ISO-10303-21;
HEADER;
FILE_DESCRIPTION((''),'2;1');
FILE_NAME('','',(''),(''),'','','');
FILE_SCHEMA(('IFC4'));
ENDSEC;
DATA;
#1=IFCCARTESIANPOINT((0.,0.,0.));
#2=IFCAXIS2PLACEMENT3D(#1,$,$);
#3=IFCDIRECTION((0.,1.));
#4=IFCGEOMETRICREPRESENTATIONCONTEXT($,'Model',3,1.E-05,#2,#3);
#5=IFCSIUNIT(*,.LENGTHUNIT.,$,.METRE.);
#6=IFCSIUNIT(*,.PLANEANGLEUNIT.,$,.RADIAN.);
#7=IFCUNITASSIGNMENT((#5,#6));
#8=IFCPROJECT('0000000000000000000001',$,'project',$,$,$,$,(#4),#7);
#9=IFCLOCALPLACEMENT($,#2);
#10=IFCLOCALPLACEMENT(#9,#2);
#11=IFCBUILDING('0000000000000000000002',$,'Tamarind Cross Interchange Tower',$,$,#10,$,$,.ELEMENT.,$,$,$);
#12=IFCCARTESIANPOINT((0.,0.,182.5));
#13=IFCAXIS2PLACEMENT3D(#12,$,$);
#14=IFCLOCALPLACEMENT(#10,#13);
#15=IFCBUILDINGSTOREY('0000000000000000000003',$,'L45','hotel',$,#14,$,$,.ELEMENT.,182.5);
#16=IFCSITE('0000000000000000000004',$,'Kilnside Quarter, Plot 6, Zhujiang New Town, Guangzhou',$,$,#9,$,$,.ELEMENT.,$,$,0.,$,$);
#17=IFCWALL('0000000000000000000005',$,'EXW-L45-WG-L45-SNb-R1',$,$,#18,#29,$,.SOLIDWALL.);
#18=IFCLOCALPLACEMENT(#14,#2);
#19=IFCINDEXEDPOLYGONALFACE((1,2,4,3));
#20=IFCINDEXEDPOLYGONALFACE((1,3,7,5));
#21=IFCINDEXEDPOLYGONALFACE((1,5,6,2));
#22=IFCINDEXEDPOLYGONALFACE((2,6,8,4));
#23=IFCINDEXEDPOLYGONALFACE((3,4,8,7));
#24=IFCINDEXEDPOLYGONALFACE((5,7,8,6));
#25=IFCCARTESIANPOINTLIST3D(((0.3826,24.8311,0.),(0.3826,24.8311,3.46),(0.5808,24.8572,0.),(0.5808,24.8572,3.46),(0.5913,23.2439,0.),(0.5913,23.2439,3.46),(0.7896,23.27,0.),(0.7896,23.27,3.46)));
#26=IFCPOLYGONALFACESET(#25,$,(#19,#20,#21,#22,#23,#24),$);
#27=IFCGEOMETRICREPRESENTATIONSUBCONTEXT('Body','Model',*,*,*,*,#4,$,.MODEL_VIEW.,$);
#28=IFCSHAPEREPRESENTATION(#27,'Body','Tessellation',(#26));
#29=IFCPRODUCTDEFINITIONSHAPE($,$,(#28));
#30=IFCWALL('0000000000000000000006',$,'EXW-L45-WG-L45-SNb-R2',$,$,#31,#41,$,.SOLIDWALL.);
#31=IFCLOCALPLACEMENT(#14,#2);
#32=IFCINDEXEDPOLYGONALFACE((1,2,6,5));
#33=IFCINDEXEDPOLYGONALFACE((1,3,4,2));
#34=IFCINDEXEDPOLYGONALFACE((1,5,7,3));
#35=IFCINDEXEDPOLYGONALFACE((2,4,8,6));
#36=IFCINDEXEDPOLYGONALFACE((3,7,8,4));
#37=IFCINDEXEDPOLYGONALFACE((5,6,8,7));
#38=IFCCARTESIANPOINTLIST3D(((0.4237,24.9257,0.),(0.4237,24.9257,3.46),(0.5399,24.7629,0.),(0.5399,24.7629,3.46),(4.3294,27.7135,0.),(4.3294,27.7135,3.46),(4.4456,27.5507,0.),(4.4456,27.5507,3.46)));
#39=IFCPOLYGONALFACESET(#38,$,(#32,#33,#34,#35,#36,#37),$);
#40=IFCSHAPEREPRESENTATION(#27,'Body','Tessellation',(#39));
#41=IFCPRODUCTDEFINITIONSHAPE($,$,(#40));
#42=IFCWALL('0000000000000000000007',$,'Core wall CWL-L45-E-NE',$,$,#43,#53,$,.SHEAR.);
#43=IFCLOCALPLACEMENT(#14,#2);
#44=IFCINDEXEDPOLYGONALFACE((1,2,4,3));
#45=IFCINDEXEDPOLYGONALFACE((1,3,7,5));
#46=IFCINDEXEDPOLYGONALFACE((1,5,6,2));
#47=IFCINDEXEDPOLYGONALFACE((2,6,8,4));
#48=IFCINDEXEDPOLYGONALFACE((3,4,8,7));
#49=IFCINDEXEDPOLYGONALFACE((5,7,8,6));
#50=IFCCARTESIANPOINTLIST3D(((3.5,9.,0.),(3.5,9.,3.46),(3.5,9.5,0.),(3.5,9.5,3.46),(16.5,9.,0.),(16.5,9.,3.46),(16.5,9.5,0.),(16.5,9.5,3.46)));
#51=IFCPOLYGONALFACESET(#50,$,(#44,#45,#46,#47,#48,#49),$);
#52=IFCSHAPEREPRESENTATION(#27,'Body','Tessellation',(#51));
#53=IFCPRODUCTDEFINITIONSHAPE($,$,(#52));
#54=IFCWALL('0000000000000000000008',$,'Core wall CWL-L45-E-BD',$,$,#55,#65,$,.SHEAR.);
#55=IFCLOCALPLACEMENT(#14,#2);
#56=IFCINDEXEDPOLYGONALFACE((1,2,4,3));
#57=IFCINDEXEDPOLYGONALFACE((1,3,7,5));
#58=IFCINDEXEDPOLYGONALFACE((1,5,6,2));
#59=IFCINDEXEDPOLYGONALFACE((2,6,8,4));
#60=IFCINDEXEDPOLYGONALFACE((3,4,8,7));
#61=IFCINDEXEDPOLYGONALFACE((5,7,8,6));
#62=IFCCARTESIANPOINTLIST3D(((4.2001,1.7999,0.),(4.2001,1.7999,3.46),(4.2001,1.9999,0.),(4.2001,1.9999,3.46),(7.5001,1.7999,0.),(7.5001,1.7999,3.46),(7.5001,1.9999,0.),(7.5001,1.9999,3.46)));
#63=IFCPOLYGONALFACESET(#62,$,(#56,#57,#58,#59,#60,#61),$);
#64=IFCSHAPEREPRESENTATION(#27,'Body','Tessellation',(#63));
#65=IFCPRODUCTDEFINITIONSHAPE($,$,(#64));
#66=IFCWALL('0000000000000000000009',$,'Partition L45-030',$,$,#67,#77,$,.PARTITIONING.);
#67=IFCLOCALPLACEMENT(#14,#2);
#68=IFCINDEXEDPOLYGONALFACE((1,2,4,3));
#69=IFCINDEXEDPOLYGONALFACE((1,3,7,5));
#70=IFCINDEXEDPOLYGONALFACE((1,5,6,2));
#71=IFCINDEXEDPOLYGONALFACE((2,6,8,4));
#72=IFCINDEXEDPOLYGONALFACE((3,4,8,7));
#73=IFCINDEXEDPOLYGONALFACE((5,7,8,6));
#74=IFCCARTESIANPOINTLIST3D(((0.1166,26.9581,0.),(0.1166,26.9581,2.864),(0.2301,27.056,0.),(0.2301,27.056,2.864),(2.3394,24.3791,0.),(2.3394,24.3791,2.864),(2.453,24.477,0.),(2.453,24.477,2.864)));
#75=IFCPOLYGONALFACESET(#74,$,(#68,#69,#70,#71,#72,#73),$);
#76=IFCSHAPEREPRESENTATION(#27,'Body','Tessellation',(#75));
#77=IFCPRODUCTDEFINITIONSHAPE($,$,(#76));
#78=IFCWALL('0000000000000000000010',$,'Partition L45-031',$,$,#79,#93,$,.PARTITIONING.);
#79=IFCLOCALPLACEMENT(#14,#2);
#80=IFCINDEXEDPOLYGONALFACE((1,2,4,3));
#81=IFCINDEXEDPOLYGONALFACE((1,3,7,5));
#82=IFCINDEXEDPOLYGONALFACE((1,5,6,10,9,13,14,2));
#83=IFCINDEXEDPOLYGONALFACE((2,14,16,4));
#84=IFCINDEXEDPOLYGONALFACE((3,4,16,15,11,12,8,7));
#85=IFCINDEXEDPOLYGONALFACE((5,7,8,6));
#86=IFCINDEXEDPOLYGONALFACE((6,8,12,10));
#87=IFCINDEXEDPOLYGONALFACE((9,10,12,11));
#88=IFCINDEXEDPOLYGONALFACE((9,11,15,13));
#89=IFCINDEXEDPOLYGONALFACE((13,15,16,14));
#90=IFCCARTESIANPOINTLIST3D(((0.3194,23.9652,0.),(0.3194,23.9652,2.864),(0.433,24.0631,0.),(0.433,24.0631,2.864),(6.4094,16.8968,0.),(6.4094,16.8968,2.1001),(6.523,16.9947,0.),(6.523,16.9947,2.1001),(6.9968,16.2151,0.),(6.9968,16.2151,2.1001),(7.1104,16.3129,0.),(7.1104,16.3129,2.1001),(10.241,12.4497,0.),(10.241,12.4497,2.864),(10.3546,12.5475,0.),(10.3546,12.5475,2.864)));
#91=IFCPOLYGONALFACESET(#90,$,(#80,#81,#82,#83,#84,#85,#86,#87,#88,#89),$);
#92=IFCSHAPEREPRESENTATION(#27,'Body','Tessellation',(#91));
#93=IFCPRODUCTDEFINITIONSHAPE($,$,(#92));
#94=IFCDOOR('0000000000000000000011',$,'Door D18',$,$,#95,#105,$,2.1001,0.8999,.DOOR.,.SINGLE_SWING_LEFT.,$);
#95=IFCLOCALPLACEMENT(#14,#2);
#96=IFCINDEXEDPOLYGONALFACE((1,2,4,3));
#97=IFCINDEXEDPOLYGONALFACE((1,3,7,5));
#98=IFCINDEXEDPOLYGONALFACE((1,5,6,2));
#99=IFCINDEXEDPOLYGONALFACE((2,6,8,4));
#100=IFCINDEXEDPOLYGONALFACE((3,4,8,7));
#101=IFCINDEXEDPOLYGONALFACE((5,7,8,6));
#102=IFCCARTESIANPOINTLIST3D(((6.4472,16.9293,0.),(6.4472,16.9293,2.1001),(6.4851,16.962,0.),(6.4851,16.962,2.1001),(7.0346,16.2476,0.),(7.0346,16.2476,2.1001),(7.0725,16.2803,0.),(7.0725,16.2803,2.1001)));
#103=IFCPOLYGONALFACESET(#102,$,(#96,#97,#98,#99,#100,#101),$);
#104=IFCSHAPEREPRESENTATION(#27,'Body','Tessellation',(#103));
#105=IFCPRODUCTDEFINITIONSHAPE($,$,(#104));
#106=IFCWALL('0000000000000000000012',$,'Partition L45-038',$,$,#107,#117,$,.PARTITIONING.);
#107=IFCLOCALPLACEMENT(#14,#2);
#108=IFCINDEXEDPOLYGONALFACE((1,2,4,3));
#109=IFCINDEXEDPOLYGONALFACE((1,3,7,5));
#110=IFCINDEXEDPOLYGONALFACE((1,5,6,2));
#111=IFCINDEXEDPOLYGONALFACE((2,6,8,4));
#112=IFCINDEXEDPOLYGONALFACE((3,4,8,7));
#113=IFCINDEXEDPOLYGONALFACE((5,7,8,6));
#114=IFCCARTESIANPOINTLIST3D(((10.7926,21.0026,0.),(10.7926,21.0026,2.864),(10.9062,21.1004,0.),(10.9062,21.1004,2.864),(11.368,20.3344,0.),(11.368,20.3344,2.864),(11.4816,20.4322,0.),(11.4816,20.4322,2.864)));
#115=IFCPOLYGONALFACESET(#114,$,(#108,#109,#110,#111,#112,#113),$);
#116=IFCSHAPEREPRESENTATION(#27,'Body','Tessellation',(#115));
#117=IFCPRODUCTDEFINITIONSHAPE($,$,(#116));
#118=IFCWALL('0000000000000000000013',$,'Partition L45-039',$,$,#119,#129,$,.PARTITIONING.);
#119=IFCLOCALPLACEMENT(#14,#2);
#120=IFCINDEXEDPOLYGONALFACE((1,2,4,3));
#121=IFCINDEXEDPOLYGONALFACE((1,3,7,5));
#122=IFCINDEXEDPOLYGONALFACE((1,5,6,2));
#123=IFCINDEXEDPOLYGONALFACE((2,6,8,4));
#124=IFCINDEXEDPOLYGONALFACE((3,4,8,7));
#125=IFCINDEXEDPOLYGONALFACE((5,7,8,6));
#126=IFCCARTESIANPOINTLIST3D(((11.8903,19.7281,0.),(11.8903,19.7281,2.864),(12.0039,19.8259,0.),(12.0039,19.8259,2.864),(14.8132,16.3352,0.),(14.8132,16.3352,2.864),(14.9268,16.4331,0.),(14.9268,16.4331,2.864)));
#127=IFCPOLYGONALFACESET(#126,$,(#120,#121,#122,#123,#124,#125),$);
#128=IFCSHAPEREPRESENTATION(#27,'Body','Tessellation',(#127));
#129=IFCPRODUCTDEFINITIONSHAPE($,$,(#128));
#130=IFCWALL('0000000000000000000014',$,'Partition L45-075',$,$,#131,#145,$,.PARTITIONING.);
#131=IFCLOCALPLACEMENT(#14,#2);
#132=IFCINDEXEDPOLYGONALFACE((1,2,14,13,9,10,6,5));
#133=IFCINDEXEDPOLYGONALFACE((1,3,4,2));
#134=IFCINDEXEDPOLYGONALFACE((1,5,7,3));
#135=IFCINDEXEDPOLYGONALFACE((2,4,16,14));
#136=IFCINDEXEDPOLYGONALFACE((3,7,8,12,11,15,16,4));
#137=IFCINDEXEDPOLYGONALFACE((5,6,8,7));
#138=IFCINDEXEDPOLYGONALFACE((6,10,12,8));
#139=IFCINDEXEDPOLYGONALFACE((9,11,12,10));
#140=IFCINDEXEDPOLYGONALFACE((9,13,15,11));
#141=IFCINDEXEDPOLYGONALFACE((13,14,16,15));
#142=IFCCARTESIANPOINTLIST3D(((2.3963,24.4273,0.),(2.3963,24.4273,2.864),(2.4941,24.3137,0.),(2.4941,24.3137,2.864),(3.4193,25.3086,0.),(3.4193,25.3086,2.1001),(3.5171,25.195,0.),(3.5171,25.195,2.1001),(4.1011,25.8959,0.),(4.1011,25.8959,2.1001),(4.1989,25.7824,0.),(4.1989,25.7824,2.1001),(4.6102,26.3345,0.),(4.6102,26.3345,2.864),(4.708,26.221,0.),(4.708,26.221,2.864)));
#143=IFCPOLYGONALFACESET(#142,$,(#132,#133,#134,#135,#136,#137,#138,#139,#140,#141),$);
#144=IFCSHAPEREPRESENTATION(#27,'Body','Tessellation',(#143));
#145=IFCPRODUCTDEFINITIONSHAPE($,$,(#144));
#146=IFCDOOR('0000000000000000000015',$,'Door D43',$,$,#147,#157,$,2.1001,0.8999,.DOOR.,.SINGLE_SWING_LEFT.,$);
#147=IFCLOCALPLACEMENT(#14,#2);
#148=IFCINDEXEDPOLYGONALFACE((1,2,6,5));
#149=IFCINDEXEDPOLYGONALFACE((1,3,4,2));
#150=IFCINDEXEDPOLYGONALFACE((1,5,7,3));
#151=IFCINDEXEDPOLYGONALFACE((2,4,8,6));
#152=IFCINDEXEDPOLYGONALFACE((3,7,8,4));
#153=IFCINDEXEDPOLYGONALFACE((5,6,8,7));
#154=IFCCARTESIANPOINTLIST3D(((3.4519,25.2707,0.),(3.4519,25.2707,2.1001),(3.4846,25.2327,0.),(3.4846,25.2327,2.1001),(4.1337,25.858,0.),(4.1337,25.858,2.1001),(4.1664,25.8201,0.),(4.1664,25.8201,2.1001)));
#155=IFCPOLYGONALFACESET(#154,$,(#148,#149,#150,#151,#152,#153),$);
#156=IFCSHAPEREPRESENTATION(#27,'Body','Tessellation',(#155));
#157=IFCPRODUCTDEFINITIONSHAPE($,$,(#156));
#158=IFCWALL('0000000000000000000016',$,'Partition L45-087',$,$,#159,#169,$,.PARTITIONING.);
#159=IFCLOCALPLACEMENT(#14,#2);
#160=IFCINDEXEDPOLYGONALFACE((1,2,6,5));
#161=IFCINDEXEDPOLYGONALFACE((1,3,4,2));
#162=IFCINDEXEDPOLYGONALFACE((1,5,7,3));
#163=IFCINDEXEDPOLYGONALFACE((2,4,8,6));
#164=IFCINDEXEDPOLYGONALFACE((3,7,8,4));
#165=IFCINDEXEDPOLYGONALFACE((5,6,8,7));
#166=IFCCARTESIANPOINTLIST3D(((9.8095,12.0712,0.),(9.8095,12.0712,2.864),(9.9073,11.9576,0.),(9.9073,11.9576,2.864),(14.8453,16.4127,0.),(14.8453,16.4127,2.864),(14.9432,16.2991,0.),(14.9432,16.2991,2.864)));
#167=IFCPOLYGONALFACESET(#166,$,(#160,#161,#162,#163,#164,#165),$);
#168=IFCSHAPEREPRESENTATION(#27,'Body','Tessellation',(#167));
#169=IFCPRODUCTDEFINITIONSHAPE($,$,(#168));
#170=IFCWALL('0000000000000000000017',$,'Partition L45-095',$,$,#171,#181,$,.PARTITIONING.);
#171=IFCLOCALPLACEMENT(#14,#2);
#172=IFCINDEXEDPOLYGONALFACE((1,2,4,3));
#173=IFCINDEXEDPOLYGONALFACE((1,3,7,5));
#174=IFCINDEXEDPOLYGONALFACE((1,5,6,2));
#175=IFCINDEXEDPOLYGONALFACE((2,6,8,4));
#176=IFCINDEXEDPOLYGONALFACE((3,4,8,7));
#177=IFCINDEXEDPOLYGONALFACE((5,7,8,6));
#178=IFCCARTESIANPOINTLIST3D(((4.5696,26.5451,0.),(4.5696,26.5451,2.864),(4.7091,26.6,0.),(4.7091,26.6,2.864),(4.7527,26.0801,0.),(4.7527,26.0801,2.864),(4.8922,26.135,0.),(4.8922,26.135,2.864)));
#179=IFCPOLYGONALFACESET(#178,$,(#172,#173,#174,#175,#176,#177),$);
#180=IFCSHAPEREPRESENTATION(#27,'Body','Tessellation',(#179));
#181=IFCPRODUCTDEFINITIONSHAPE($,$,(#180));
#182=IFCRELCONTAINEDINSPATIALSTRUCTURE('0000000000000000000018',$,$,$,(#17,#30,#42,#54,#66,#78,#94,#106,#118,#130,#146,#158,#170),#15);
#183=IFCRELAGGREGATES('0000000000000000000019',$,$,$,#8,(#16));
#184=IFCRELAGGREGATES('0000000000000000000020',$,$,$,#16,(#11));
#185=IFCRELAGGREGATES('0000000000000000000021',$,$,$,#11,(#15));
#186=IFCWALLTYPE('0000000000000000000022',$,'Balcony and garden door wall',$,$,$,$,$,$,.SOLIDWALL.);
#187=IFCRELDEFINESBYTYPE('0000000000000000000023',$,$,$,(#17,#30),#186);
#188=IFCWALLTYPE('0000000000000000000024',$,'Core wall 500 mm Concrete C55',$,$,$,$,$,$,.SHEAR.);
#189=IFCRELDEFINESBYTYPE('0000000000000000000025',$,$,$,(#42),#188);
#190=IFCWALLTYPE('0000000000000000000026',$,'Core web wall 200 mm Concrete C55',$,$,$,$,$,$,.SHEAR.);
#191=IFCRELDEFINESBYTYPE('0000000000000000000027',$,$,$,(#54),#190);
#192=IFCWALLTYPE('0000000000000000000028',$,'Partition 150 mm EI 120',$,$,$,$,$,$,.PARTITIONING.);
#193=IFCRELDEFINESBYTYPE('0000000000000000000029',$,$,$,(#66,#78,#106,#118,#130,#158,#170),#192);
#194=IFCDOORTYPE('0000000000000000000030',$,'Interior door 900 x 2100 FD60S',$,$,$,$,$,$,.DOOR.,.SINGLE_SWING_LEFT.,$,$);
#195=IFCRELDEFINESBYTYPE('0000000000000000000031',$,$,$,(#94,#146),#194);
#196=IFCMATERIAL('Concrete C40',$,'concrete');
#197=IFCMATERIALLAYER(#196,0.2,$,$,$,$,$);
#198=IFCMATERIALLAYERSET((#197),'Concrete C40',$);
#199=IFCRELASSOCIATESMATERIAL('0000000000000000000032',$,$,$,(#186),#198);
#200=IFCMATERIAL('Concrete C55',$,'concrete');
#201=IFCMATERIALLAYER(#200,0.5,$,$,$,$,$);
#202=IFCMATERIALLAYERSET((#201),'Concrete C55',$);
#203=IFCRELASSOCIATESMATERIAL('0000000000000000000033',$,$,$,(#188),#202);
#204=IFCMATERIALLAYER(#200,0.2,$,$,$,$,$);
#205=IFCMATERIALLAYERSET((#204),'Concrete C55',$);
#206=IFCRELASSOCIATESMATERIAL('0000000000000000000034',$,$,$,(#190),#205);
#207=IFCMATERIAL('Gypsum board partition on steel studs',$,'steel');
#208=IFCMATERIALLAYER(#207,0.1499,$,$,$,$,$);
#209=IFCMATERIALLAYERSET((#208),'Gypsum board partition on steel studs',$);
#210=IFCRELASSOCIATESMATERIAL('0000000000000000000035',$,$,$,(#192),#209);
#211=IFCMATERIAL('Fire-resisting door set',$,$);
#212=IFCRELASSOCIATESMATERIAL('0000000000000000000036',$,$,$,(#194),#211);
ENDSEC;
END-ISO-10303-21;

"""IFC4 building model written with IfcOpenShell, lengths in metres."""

from ifc_helpers import new_model, si_unit, direction, frame, frame_2d, origin, place, context, subcontext, project, spatial, rectangle, extrude, material, layer, layer_set, type_object, element, fill, save


model = new_model("IFC4")

# Units and contexts
model_context = context("Model", 3, precision=1e-05, world=origin(), true_north=direction((0.0, 1.0)))
body_context = subcontext(model_context, "Body", "Model", "MODEL_VIEW")
ifc_project = project(units=[si_unit("LENGTHUNIT", "METRE"), si_unit("PLANEANGLEUNIT", "RADIAN")], contexts=[model_context])

# Site, building, storey
site_placement = place(None, origin())
site = spatial("IfcSite", under=ifc_project, at=site_placement, Name="Kilnside Quarter, Plot 6, Zhujiang New Town, Guangzhou", CompositionType="ELEMENT", RefElevation=0.0)
building_placement = place(site_placement, origin())
building = spatial("IfcBuilding", under=site, at=building_placement, Name="Tamarind Cross Interchange Tower", CompositionType="ELEMENT")
storey_placement = place(building_placement, frame((0.0, 0.0, 182.5)))
storey = spatial("IfcBuildingStorey", under=building, at=storey_placement, Name="L45", Description="hotel", CompositionType="ELEMENT", Elevation=182.5)

# Shared definitions
ifc_material_1 = material(Name="Concrete C55", Category="concrete")

# Shared definitions
ifc_material_2 = material(Name="Concrete C40", Category="concrete")

# Shared definitions
ifc_layer_1 = layer(ifc_material_2, 0.2)
ifc_layer_set_1 = layer_set([ifc_layer_1], Name="Concrete C40")
wall_type_1 = type_object("IfcWallType", Name="Balcony and garden door wall", PredefinedType="SOLIDWALL", material=ifc_layer_set_1)

# Walls
wall_1_placement = place(storey_placement, frame((0.6904, 23.2571, 0.0), z_axis=(0.0, 0.0, 1.0), x_axis=(-0.130395, 0.991462, 0.0)))
element("IfcWall", 1, at=wall_1_placement, inside=storey, type_object=wall_type_1, Name="EXW-L45-WG-L45-SNb-R1", PredefinedType="SOLIDWALL", context=body_context, shape_type="SweptSolid", body=[
    extrude(rectangle(XDim=1.6008, YDim=0.2, at=frame_2d((0.8003, 0.0))), origin(), (0.0, 0.0, 1.0), 3.46),
])
wall_2_placement = place(storey_placement, frame((0.4817, 24.8442, 0.0), z_axis=(0.0, 0.0, 1.0), x_axis=(0.813929, 0.580964, 0.0)))
element("IfcWall", 2, at=wall_2_placement, inside=storey, type_object=wall_type_1, Name="EXW-L45-WG-L45-SNb-R2", PredefinedType="SOLIDWALL", context=body_context, shape_type="SweptSolid", body=[
    extrude(rectangle(XDim=4.7986, YDim=0.2, at=frame_2d((2.3994, 0.0))), origin(), (0.0, 0.0, 1.0), 3.46),
])
ifc_layer_2 = layer(ifc_material_1, 0.5)
ifc_layer_set_2 = layer_set([ifc_layer_2], Name="Concrete C55")
wall_type_2 = type_object("IfcWallType", Name="Core wall 500 mm Concrete C55", PredefinedType="SHEAR", material=ifc_layer_set_2)
wall_3_placement = place(storey_placement, frame((16.5, 9.25, 0.0), z_axis=(0.0, 0.0, 1.0), x_axis=(-1.0, 0.0, 0.0)))
element("IfcWall", 3, at=wall_3_placement, inside=storey, type_object=wall_type_2, Name="Core wall CWL-L45-E-NE", PredefinedType="SHEAR", context=body_context, shape_type="SweptSolid", body=[
    extrude(rectangle(XDim=13.0, YDim=0.5, at=frame_2d((6.5, 0.0))), origin(), (0.0, 0.0, 1.0), 3.46),
])
ifc_layer_3 = layer(ifc_material_1, 0.2)
ifc_layer_set_3 = layer_set([ifc_layer_3], Name="Concrete C55")
wall_type_3 = type_object("IfcWallType", Name="Core web wall 200 mm Concrete C55", PredefinedType="SHEAR", material=ifc_layer_set_3)
wall_4_placement = place(storey_placement, frame((7.5, 1.8999, 0.0), z_axis=(0.0, 0.0, 1.0), x_axis=(-1.0, 0.0, 0.0)))
element("IfcWall", 4, at=wall_4_placement, inside=storey, type_object=wall_type_3, Name="Core wall CWL-L45-E-BD", PredefinedType="SHEAR", context=body_context, shape_type="SweptSolid", body=[
    extrude(rectangle(XDim=3.3, YDim=0.2, at=frame_2d((1.6499, 0.0))), origin(), (0.0, 0.0, 1.0), 3.46),
])
ifc_material_3 = material(Name="Gypsum board partition on steel studs", Category="steel")
ifc_layer_4 = layer(ifc_material_3, 0.1499)
ifc_layer_set_4 = layer_set([ifc_layer_4], Name="Gypsum board partition on steel studs")
wall_type_4 = type_object("IfcWallType", Name="Partition 150 mm EI 120", PredefinedType="PARTITIONING", material=ifc_layer_set_4)
wall_5_placement = place(storey_placement, frame((0.1733, 27.0071, 0.0), z_axis=(0.0, 0.0, 1.0), x_axis=(0.652862, -0.757477, 0.0)))
element("IfcWall", 5, at=wall_5_placement, inside=storey, type_object=wall_type_4, Name="Partition L45-030", PredefinedType="PARTITIONING", context=body_context, shape_type="SweptSolid", body=[
    extrude(rectangle(XDim=3.4048, YDim=0.1499, at=frame_2d((1.7024, 0.0))), origin(), (0.0, 0.0, 1.0), 2.864),
])

# Wall, opening, door
wall_6_placement = place(storey_placement, frame((0.3762, 24.0142, 0.0), z_axis=(0.0, 0.0, 1.0), x_axis=(0.652727, -0.757593, 0.0)))
wall_6 = element("IfcWall", 6, at=wall_6_placement, inside=storey, type_object=wall_type_4, Name="Partition L45-031", PredefinedType="PARTITIONING", context=body_context, shape_type="SweptSolid", body=[
    extrude(rectangle(XDim=15.2002, YDim=0.1499, at=frame_2d((7.6001, 0.0))), origin(), (0.0, 0.0, 1.0), 2.864),
])
opening_1_placement = place(wall_6_placement, frame((9.3301, 0.0, 0.0)))
opening_1 = element("IfcOpeningElement", 7, at=opening_1_placement, cuts=wall_6, PredefinedType="OPENING", context=body_context, shape_type="SweptSolid", body=[
    extrude(rectangle(XDim=0.8999, YDim=2.1001, at=frame_2d((0.45, 1.05))), frame((0.0, 0.085, 0.0), z_axis=(0.0, -1.0, 0.0), x_axis=(1.0, 0.0, 0.0)), (0.0, 0.0, 1.0), 0.1699),
])
ifc_material_4 = material(Name="Fire-resisting door set")
door_type_1 = type_object("IfcDoorType", Name="Interior door 900 x 2100 FD60S", OperationType="SINGLE_SWING_LEFT", PredefinedType="DOOR", material=ifc_material_4)
door_1_placement = place(opening_1_placement, origin())
door_1 = element("IfcDoor", 8, at=door_1_placement, inside=storey, type_object=door_type_1, Name="Door D18", OperationType="SINGLE_SWING_LEFT", OverallHeight=2.1001, OverallWidth=0.8999, PredefinedType="DOOR", context=body_context, shape_type="SweptSolid", body=[
    extrude(rectangle(XDim=0.8999, YDim=2.1001, at=frame_2d((0.45, 1.05))), frame((0.0, 0.0249, 0.0), z_axis=(0.0, -1.0, 0.0), x_axis=(1.0, 0.0, 0.0)), (0.0, 0.0, 1.0), 0.05),
])
fill(opening_1, door_1)

# Walls
wall_7_placement = place(storey_placement, frame((10.8494, 21.0515, 0.0), z_axis=(0.0, 0.0, 1.0), x_axis=(0.652545, -0.75775, 0.0)))
element("IfcWall", 9, at=wall_7_placement, inside=storey, type_object=wall_type_4, Name="Partition L45-038", PredefinedType="PARTITIONING", context=body_context, shape_type="SweptSolid", body=[
    extrude(rectangle(XDim=0.8818, YDim=0.1499, at=frame_2d((0.4409, 0.0))), origin(), (0.0, 0.0, 1.0), 2.864),
])
wall_8_placement = place(storey_placement, frame((11.947, 19.7771, 0.0), z_axis=(0.0, 0.0, 1.0), x_axis=(0.652684, -0.75763, 0.0)))
element("IfcWall", 10, at=wall_8_placement, inside=storey, type_object=wall_type_4, Name="Partition L45-039", PredefinedType="PARTITIONING", context=body_context, shape_type="SweptSolid", body=[
    extrude(rectangle(XDim=4.4783, YDim=0.1499, at=frame_2d((2.2393, 0.0))), origin(), (0.0, 0.0, 1.0), 2.864),
])

# Wall, opening, door
wall_9_placement = place(storey_placement, frame((2.4453, 24.3706, 0.0), z_axis=(0.0, 0.0, 1.0), x_axis=(0.757626, 0.652688, 0.0)))
wall_9 = element("IfcWall", 11, at=wall_9_placement, inside=storey, type_object=wall_type_4, Name="Partition L45-075", PredefinedType="PARTITIONING", context=body_context, shape_type="SweptSolid", body=[
    extrude(rectangle(XDim=2.9221, YDim=0.1499, at=frame_2d((1.4609, 0.0))), origin(), (0.0, 0.0, 1.0), 2.864),
])
opening_2_placement = place(wall_9_placement, frame((1.3501, 0.0, 0.0)))
opening_2 = element("IfcOpeningElement", 12, at=opening_2_placement, cuts=wall_9, PredefinedType="OPENING", context=body_context, shape_type="SweptSolid", body=[
    extrude(rectangle(XDim=0.8999, YDim=2.1001, at=frame_2d((0.45, 1.05))), frame((0.0, 0.085, 0.0), z_axis=(0.0, -1.0, 0.0), x_axis=(1.0, 0.0, 0.0)), (0.0, 0.0, 1.0), 0.1699),
])
door_2_placement = place(opening_2_placement, origin())
door_2 = element("IfcDoor", 13, at=door_2_placement, inside=storey, type_object=door_type_1, Name="Door D43", OperationType="SINGLE_SWING_LEFT", OverallHeight=2.1001, OverallWidth=0.8999, PredefinedType="DOOR", context=body_context, shape_type="SweptSolid", body=[
    extrude(rectangle(XDim=0.8999, YDim=2.1001, at=frame_2d((0.45, 1.05))), frame((0.0, 0.0249, 0.0), z_axis=(0.0, -1.0, 0.0), x_axis=(1.0, 0.0, 0.0)), (0.0, 0.0, 1.0), 0.05),
])
fill(opening_2, door_2)

# Walls
wall_10_placement = place(storey_placement, frame((9.8584, 12.0144, 0.0), z_axis=(0.0, 0.0, 1.0), x_axis=(0.75739, 0.652963, 0.0)))
element("IfcWall", 14, at=wall_10_placement, inside=storey, type_object=wall_type_4, Name="Partition L45-087", PredefinedType="PARTITIONING", context=body_context, shape_type="SweptSolid", body=[
    extrude(rectangle(XDim=6.6489, YDim=0.1499, at=frame_2d((3.3245, 0.0))), origin(), (0.0, 0.0, 1.0), 2.864),
])
wall_11_placement = place(storey_placement, frame((4.8225, 26.1074, 0.0), z_axis=(0.0, 0.0, 1.0), x_axis=(-0.366332, 0.930484, 0.0)))
element("IfcWall", 15, at=wall_11_placement, inside=storey, type_object=wall_type_4, Name="Partition L45-095", PredefinedType="PARTITIONING", context=body_context, shape_type="SweptSolid", body=[
    extrude(rectangle(XDim=0.4998, YDim=0.1499, at=frame_2d((0.25, 0.0))), origin(), (0.0, 0.0, 1.0), 2.864),
])

save(model, "model.ifc")
